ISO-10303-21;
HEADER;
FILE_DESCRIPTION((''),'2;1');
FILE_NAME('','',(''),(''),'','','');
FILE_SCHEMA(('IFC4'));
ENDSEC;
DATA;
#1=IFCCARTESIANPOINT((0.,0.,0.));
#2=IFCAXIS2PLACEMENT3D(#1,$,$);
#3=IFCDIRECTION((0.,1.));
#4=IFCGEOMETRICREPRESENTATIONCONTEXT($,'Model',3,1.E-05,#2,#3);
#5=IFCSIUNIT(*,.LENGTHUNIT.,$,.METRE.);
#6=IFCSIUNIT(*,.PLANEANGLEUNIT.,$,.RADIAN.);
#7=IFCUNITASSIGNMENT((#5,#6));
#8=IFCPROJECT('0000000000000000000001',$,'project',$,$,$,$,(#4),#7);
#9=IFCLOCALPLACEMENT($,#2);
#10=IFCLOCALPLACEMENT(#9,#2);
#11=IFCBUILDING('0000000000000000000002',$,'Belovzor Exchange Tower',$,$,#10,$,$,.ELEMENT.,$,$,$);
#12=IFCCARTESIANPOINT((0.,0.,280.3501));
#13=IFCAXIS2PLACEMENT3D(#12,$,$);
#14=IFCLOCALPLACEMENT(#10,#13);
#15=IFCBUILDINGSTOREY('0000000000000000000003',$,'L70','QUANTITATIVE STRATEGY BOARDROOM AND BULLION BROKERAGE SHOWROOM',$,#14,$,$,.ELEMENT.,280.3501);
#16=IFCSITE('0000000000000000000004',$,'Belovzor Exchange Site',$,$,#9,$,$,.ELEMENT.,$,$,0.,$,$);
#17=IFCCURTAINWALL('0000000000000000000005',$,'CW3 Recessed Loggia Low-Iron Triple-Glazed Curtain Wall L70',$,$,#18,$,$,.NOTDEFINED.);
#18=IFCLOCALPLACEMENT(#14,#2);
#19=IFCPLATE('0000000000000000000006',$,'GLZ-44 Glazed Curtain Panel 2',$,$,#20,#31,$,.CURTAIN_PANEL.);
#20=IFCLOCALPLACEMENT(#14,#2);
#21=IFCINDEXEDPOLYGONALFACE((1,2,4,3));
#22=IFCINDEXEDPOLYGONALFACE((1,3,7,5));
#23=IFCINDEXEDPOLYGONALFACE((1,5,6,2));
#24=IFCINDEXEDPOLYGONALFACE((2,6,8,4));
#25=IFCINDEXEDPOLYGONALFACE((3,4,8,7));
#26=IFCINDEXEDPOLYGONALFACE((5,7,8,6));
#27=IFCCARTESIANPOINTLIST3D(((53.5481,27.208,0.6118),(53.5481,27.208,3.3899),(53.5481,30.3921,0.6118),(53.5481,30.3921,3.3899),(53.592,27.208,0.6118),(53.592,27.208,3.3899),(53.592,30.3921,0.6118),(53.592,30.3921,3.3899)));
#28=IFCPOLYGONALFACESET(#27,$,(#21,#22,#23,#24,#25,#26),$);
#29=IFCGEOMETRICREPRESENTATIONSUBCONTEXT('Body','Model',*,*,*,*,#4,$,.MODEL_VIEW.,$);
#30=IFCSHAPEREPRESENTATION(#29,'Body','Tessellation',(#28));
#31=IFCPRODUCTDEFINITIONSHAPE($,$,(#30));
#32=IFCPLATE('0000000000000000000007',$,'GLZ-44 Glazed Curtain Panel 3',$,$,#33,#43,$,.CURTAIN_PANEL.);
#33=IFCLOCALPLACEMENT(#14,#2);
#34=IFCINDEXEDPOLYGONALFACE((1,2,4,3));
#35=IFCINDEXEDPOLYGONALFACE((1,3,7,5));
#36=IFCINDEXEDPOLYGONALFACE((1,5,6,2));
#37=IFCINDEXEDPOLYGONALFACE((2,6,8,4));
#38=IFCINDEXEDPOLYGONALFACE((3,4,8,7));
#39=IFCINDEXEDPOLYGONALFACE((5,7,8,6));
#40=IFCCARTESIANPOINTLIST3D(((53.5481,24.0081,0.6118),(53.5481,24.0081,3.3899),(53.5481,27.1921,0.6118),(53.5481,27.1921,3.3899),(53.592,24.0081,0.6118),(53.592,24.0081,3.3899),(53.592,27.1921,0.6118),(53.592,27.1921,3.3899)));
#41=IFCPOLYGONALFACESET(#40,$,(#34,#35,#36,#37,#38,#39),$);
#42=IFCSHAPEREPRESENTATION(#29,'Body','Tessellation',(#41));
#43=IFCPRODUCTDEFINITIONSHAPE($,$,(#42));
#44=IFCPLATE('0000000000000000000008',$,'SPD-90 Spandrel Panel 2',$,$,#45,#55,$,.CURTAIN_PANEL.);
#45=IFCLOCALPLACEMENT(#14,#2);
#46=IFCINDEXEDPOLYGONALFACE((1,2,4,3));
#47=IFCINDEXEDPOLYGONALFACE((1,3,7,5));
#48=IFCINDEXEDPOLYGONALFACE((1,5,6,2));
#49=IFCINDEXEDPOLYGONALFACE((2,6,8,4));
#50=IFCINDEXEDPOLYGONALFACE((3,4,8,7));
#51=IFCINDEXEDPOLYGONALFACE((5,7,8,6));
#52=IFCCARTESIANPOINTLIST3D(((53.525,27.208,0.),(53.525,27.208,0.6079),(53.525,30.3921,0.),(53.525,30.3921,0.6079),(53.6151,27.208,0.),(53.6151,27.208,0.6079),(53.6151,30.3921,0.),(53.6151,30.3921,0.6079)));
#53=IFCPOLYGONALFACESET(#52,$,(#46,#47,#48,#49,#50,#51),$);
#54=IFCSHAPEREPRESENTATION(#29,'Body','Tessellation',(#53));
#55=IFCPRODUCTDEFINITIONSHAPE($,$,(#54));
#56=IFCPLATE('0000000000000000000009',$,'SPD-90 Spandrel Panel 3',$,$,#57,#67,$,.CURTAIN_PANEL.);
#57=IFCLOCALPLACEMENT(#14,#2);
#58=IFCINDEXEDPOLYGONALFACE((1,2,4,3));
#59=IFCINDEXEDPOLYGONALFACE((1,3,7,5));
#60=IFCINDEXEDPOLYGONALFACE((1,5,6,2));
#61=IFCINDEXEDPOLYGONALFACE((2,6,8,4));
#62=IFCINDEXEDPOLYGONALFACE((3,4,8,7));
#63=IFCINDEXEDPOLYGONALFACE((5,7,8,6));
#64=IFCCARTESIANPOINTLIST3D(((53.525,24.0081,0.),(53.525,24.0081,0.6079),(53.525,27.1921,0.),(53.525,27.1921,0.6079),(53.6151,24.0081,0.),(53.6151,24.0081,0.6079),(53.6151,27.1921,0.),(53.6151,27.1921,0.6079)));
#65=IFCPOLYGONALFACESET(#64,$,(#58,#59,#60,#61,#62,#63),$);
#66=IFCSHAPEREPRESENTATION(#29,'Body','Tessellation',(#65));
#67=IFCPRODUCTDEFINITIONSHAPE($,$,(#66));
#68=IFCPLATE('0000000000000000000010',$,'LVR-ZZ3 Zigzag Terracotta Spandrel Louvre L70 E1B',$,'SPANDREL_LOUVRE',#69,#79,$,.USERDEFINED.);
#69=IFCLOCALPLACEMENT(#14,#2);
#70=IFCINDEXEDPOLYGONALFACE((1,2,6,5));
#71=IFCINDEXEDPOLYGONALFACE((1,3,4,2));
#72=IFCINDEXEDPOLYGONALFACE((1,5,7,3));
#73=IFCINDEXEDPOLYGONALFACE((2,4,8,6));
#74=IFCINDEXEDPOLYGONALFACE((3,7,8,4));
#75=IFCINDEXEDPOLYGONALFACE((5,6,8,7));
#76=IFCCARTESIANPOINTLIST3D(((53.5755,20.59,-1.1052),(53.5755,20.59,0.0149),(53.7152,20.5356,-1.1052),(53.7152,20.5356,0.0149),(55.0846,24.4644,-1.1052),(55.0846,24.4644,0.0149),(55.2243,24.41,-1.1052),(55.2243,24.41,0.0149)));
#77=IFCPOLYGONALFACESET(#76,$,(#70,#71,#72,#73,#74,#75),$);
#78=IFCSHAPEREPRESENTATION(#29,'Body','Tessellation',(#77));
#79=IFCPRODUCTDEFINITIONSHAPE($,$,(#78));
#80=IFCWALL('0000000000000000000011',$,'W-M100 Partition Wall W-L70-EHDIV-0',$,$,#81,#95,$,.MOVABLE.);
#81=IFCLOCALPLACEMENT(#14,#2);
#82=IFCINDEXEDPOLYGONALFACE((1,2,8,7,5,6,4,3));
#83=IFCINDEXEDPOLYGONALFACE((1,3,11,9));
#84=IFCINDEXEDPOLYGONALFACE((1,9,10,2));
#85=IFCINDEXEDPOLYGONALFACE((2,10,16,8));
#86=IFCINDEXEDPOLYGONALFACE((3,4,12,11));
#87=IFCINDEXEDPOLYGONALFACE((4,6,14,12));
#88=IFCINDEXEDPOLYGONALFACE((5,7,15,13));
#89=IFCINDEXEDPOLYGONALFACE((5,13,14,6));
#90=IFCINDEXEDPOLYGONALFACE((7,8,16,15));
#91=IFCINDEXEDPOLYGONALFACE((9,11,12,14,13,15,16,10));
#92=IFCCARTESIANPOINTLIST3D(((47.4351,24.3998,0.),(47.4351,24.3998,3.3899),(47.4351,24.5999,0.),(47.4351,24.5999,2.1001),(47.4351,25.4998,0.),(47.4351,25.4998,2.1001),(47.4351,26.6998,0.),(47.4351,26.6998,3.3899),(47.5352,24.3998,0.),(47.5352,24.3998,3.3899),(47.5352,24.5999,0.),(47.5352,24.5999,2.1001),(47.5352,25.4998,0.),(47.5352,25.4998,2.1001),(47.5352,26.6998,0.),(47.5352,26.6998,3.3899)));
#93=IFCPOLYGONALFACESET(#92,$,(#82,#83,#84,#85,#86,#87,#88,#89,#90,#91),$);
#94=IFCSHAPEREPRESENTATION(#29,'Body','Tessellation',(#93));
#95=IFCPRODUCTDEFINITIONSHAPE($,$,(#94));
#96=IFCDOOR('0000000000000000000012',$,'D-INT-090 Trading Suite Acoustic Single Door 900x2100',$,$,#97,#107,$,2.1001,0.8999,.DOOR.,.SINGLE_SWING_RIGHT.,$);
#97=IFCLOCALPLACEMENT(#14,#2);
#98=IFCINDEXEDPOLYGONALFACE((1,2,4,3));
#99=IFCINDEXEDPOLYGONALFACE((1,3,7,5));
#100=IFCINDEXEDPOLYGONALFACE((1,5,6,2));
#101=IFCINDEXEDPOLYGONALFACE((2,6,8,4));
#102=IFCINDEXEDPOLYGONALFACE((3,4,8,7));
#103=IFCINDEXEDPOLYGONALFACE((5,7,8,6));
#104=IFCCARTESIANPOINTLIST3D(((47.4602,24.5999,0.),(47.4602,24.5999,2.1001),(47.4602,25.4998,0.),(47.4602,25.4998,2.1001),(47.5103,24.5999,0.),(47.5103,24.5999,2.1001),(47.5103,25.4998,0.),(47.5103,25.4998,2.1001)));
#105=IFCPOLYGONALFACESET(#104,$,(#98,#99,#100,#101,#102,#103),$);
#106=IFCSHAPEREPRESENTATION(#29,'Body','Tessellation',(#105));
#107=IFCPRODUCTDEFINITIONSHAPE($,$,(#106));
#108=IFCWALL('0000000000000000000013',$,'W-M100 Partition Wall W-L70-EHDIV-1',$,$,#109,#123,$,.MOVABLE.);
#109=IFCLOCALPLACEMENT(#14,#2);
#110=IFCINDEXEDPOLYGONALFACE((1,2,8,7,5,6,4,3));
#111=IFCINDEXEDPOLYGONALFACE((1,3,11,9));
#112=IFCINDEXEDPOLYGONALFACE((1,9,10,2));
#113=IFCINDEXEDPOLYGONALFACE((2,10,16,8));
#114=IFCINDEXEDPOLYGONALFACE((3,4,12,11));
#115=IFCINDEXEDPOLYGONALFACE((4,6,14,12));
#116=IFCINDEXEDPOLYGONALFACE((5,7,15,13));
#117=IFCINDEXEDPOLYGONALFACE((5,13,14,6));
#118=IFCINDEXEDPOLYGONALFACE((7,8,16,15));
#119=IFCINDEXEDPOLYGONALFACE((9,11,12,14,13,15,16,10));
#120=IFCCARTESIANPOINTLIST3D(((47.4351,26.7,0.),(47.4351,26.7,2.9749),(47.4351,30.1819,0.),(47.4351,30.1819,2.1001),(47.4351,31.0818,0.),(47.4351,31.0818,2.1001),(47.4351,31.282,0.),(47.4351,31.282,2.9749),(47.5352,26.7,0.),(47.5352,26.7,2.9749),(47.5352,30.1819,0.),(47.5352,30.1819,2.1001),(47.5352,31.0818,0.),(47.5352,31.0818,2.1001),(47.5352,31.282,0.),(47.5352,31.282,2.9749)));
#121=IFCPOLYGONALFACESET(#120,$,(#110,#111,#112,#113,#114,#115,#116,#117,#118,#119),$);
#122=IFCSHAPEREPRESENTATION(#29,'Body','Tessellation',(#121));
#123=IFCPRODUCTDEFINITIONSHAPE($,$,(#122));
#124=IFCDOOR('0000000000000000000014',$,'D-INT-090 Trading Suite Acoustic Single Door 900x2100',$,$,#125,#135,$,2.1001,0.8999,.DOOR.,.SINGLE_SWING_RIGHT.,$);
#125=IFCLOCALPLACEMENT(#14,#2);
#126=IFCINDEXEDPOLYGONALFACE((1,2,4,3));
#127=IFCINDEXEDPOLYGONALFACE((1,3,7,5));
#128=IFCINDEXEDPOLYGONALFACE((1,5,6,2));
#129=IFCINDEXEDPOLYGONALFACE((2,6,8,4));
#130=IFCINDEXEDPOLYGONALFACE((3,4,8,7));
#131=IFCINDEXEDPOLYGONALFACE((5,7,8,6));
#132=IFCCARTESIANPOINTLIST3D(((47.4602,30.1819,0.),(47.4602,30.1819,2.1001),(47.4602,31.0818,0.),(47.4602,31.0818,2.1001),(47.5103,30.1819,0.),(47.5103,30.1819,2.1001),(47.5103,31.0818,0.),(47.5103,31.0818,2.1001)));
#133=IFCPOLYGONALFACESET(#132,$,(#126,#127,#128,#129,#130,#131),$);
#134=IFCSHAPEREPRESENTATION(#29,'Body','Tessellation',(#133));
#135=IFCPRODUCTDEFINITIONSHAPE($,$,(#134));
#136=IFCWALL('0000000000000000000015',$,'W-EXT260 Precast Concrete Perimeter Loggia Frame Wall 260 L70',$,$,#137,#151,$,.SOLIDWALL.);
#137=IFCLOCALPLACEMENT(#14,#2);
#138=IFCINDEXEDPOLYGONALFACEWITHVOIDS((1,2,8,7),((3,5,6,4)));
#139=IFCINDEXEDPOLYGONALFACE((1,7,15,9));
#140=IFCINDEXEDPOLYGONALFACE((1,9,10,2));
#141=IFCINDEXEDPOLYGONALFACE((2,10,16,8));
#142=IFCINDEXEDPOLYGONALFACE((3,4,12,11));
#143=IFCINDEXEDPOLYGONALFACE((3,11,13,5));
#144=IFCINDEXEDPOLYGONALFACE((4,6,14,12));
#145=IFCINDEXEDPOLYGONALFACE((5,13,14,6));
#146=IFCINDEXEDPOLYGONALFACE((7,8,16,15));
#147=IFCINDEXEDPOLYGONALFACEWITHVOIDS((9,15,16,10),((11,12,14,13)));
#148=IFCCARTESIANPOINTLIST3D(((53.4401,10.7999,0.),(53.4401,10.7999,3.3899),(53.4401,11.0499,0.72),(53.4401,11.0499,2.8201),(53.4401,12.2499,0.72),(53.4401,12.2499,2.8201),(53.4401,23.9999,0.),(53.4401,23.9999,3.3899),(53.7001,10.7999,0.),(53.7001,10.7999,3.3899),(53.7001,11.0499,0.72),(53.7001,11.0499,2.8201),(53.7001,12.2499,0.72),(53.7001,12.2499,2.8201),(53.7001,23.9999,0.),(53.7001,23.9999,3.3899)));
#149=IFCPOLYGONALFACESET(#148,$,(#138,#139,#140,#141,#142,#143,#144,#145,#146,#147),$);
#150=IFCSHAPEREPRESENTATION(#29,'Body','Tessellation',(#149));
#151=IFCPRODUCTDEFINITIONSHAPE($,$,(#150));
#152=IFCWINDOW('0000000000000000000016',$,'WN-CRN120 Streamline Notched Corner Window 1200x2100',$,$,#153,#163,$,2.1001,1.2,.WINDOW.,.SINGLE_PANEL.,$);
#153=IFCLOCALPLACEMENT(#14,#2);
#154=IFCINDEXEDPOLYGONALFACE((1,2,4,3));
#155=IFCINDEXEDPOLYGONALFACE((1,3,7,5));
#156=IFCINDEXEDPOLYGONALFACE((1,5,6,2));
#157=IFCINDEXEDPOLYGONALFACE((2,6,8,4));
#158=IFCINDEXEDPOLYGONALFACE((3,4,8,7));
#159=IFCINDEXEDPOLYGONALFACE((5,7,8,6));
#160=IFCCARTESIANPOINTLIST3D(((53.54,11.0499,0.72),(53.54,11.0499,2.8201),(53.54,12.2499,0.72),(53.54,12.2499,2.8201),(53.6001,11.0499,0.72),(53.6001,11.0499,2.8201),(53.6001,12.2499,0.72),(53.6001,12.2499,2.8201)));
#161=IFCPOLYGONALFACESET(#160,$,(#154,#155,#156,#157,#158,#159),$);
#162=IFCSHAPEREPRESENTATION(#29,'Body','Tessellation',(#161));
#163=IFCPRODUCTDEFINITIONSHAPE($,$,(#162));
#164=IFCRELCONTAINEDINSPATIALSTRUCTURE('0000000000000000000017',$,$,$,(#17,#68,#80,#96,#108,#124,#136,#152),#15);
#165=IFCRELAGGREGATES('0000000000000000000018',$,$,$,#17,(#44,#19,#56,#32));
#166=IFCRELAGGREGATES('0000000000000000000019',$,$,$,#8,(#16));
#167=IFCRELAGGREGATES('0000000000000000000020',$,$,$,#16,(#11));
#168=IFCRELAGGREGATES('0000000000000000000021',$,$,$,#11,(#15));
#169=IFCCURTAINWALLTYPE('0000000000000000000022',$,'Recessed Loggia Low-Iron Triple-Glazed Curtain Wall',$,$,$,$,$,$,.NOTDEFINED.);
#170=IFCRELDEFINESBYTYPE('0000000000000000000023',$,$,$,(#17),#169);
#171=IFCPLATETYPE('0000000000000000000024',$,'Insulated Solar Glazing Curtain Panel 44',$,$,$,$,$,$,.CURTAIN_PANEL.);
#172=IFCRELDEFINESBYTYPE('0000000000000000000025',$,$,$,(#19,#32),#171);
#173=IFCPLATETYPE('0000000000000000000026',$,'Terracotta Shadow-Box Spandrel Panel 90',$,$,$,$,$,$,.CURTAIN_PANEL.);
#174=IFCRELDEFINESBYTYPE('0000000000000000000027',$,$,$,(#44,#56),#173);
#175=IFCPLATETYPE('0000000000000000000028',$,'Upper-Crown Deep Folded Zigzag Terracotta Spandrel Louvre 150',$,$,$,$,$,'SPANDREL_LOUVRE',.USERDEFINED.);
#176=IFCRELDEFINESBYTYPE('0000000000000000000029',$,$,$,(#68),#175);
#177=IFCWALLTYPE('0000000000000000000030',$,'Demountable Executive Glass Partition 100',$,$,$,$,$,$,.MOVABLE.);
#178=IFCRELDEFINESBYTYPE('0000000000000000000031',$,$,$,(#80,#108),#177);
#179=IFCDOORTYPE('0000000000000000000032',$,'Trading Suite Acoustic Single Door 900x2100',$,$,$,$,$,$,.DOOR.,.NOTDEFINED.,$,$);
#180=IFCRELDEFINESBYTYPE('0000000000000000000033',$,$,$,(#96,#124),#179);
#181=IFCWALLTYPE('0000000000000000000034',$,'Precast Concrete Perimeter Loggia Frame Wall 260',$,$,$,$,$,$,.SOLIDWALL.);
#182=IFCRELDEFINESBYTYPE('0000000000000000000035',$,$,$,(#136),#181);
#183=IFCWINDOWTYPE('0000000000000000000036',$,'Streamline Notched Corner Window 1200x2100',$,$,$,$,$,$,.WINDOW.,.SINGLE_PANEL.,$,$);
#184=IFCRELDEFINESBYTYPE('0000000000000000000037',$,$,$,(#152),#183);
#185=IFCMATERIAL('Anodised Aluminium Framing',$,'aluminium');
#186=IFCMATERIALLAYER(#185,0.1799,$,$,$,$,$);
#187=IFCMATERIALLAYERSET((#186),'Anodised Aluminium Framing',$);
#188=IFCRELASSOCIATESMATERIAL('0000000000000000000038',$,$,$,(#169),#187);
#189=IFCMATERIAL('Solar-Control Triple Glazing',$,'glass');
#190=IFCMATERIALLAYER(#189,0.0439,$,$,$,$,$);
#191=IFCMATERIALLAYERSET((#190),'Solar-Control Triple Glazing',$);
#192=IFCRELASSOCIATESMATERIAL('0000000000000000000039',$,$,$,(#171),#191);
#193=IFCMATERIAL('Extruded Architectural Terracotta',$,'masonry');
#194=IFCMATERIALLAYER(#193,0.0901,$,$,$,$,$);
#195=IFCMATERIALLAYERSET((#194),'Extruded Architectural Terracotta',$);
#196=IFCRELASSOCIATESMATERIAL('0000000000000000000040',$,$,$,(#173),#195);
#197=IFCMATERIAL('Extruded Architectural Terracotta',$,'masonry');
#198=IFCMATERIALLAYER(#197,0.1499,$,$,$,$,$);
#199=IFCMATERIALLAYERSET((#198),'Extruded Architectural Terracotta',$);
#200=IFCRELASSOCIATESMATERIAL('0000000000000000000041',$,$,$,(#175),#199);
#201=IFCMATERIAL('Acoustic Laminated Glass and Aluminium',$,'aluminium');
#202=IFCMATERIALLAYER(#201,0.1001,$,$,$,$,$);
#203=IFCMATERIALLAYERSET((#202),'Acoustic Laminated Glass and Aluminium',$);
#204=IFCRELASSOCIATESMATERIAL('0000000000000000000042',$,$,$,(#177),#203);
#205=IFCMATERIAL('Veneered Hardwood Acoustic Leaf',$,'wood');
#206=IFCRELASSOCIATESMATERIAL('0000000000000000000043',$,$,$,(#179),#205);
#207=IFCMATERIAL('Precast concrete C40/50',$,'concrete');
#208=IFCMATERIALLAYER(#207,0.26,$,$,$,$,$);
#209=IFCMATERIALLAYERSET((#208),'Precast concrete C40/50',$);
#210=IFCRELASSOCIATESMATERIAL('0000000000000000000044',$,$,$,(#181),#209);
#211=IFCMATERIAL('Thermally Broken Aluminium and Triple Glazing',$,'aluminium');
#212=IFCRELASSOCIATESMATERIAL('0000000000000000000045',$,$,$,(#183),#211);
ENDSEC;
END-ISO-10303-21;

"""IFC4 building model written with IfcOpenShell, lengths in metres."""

from ifc_helpers import new_model, si_unit, direction, frame, frame_2d, origin, origin_2d, place, context, subcontext, project, spatial, rectangle, extrude, material, layer, layer_set, type_object, element, fill, aggregate, save


model = new_model("IFC4")

# Units and contexts
model_context = context("Model", 3, precision=1e-05, world=origin(), true_north=direction((0.0, 1.0)))
body_context = subcontext(model_context, "Body", "Model", "MODEL_VIEW")
ifc_project = project(units=[si_unit("LENGTHUNIT", "METRE"), si_unit("PLANEANGLEUNIT", "RADIAN")], contexts=[model_context])

# Site, building, storey
site_placement = place(None, origin())
site = spatial("IfcSite", under=ifc_project, at=site_placement, Name="Belovzor Exchange Site", CompositionType="ELEMENT", RefElevation=0.0)
building_placement = place(site_placement, origin())
building = spatial("IfcBuilding", under=site, at=building_placement, Name="Belovzor Exchange Tower", CompositionType="ELEMENT")
storey_placement = place(building_placement, frame((0.0, 0.0, 280.3501)))
storey = spatial("IfcBuildingStorey", under=building, at=storey_placement, Name="L70", Description="QUANTITATIVE STRATEGY BOARDROOM AND BULLION BROKERAGE SHOWROOM", CompositionType="ELEMENT", Elevation=280.3501)

# Curtain wall, plates
ifc_material_1 = material(Name="Anodised Aluminium Framing", Category="aluminium")
ifc_layer_1 = layer(ifc_material_1, 0.1799)
ifc_layer_set_1 = layer_set([ifc_layer_1], Name="Anodised Aluminium Framing")
curtain_wall_type = type_object("IfcCurtainWallType", Name="Recessed Loggia Low-Iron Triple-Glazed Curtain Wall", PredefinedType="NOTDEFINED", material=ifc_layer_set_1)
curtain_wall_placement = place(storey_placement, origin())
curtain_wall = element("IfcCurtainWall", 1, at=curtain_wall_placement, inside=storey, type_object=curtain_wall_type, Name="CW3 Recessed Loggia Low-Iron Triple-Glazed Curtain Wall L70", PredefinedType="NOTDEFINED")
ifc_material_2 = material(Name="Solar-Control Triple Glazing", Category="glass")
ifc_layer_2 = layer(ifc_material_2, 0.0439)
ifc_layer_set_2 = layer_set([ifc_layer_2], Name="Solar-Control Triple Glazing")
plate_type_1 = type_object("IfcPlateType", Name="Insulated Solar Glazing Curtain Panel 44", PredefinedType="CURTAIN_PANEL", material=ifc_layer_set_2)
plate_1_placement = place(storey_placement, frame((53.5701, 28.8, 0.6118), z_axis=(0.0, 0.0, 1.0), x_axis=(0.0, -1.0, 0.0)))
plate_1 = element("IfcPlate", 2, at=plate_1_placement, type_object=plate_type_1, Name="GLZ-44 Glazed Curtain Panel 2", PredefinedType="CURTAIN_PANEL", context=body_context, shape_type="SweptSolid", body=[
    extrude(rectangle(XDim=3.1841, YDim=0.0439, at=origin_2d()), origin(), (0.0, 0.0, 1.0), 2.7781),
])
plate_2_placement = place(storey_placement, frame((53.5701, 25.6001, 0.6118), z_axis=(0.0, 0.0, 1.0), x_axis=(0.0, -1.0, 0.0)))
plate_2 = element("IfcPlate", 3, at=plate_2_placement, type_object=plate_type_1, Name="GLZ-44 Glazed Curtain Panel 3", PredefinedType="CURTAIN_PANEL", context=body_context, shape_type="SweptSolid", body=[
    extrude(rectangle(XDim=3.1841, YDim=0.0439, at=origin_2d()), origin(), (0.0, 0.0, 1.0), 2.7781),
])
ifc_material_3 = material(Name="Extruded Architectural Terracotta", Category="masonry")
ifc_layer_3 = layer(ifc_material_3, 0.0901)
ifc_layer_set_3 = layer_set([ifc_layer_3], Name="Extruded Architectural Terracotta")
plate_type_2 = type_object("IfcPlateType", Name="Terracotta Shadow-Box Spandrel Panel 90", PredefinedType="CURTAIN_PANEL", material=ifc_layer_set_3)
plate_3_placement = place(storey_placement, frame((53.5701, 28.8, 0.0), z_axis=(0.0, 0.0, 1.0), x_axis=(0.0, -1.0, 0.0)))
plate_3 = element("IfcPlate", 4, at=plate_3_placement, type_object=plate_type_2, Name="SPD-90 Spandrel Panel 2", PredefinedType="CURTAIN_PANEL", context=body_context, shape_type="SweptSolid", body=[
    extrude(rectangle(XDim=3.1841, YDim=0.0901, at=origin_2d()), origin(), (0.0, 0.0, 1.0), 0.6079),
])
plate_4_placement = place(storey_placement, frame((53.5701, 25.6001, 0.0), z_axis=(0.0, 0.0, 1.0), x_axis=(0.0, -1.0, 0.0)))
plate_4 = element("IfcPlate", 5, at=plate_4_placement, type_object=plate_type_2, Name="SPD-90 Spandrel Panel 3", PredefinedType="CURTAIN_PANEL", context=body_context, shape_type="SweptSolid", body=[
    extrude(rectangle(XDim=3.1841, YDim=0.0901, at=origin_2d()), origin(), (0.0, 0.0, 1.0), 0.6079),
])
aggregate(curtain_wall, [plate_3, plate_1, plate_4, plate_2])

# Plate
ifc_material_4 = material(Name="Extruded Architectural Terracotta", Category="masonry")
ifc_layer_4 = layer(ifc_material_4, 0.1499)
ifc_layer_set_4 = layer_set([ifc_layer_4], Name="Extruded Architectural Terracotta")
plate_type_3 = type_object("IfcPlateType", Name="Upper-Crown Deep Folded Zigzag Terracotta Spandrel Louvre 150", ElementType="SPANDREL_LOUVRE", PredefinedType="USERDEFINED", material=ifc_layer_set_4)
plate_5_placement = place(storey_placement, frame((54.3999, 22.5, -1.1052), z_axis=(0.0, 0.0, 1.0), x_axis=(0.362926, 0.931818, 0.0)))
element("IfcPlate", 6, at=plate_5_placement, inside=storey, type_object=plate_type_3, Name="LVR-ZZ3 Zigzag Terracotta Spandrel Louvre L70 E1B", ObjectType="SPANDREL_LOUVRE", PredefinedType="USERDEFINED", context=body_context, shape_type="SweptSolid", body=[
    extrude(rectangle(XDim=4.158, YDim=0.1499, at=origin_2d()), origin(), (0.0, 0.0, 1.0), 1.1201),
])

# Walls, openings, doors
ifc_material_5 = material(Name="Acoustic Laminated Glass and Aluminium", Category="aluminium")
ifc_layer_5 = layer(ifc_material_5, 0.1001)
ifc_layer_set_5 = layer_set([ifc_layer_5], Name="Acoustic Laminated Glass and Aluminium")
wall_type_1 = type_object("IfcWallType", Name="Demountable Executive Glass Partition 100", PredefinedType="MOVABLE", material=ifc_layer_set_5)
wall_1_placement = place(storey_placement, frame((47.4851, 24.3999, 0.0), z_axis=(0.0, 0.0, 1.0), x_axis=(0.0, 1.0, 0.0)))
wall_1 = element("IfcWall", 7, at=wall_1_placement, inside=storey, type_object=wall_type_1, Name="W-M100 Partition Wall W-L70-EHDIV-0", PredefinedType="MOVABLE", context=body_context, shape_type="SweptSolid", body=[
    extrude(rectangle(XDim=2.3, YDim=0.1001, at=frame_2d((1.1499, 0.0))), origin(), (0.0, 0.0, 1.0), 3.3899),
])
opening_1_placement = place(wall_1_placement, frame((0.2, 0.0, 0.0)))
opening_1 = element("IfcOpeningElement", 8, at=opening_1_placement, cuts=wall_1, PredefinedType="OPENING", context=body_context, shape_type="SweptSolid", body=[
    extrude(rectangle(XDim=0.8999, YDim=2.1001, at=frame_2d((0.45, 1.05))), frame((0.0, 0.0601, 0.0), z_axis=(0.0, -1.0, 0.0), x_axis=(1.0, 0.0, 0.0)), (0.0, 0.0, 1.0), 0.1201),
])
ifc_material_6 = material(Name="Veneered Hardwood Acoustic Leaf", Category="wood")
door_type = type_object("IfcDoorType", Name="Trading Suite Acoustic Single Door 900x2100", OperationType="NOTDEFINED", PredefinedType="DOOR", material=ifc_material_6)
door_1_placement = place(opening_1_placement, origin())
door_1 = element("IfcDoor", 9, at=door_1_placement, inside=storey, type_object=door_type, Name="D-INT-090 Trading Suite Acoustic Single Door 900x2100", OperationType="SINGLE_SWING_RIGHT", OverallHeight=2.1001, OverallWidth=0.8999, PredefinedType="DOOR", context=body_context, shape_type="SweptSolid", body=[
    extrude(rectangle(XDim=0.8999, YDim=2.1001, at=frame_2d((0.45, 1.05))), frame((0.0, 0.0249, 0.0), z_axis=(0.0, -1.0, 0.0), x_axis=(1.0, 0.0, 0.0)), (0.0, 0.0, 1.0), 0.05),
])
fill(opening_1, door_1)
wall_2_placement = place(storey_placement, frame((47.4851, 26.7, 0.0), z_axis=(0.0, 0.0, 1.0), x_axis=(0.0, 1.0, 0.0)))
wall_2 = element("IfcWall", 10, at=wall_2_placement, inside=storey, type_object=wall_type_1, Name="W-M100 Partition Wall W-L70-EHDIV-1", PredefinedType="MOVABLE", context=body_context, shape_type="SweptSolid", body=[
    extrude(rectangle(XDim=4.582, YDim=0.1001, at=frame_2d((2.291, 0.0))), origin(), (0.0, 0.0, 1.0), 2.9749),
])
opening_2_placement = place(wall_2_placement, frame((3.4819, 0.0, 0.0)))
opening_2 = element("IfcOpeningElement", 11, at=opening_2_placement, cuts=wall_2, PredefinedType="OPENING", context=body_context, shape_type="SweptSolid", body=[
    extrude(rectangle(XDim=0.8999, YDim=2.1001, at=frame_2d((0.45, 1.05))), frame((0.0, 0.0601, 0.0), z_axis=(0.0, -1.0, 0.0), x_axis=(1.0, 0.0, 0.0)), (0.0, 0.0, 1.0), 0.1201),
])
door_2_placement = place(opening_2_placement, origin())
door_2 = element("IfcDoor", 12, at=door_2_placement, inside=storey, type_object=door_type, Name="D-INT-090 Trading Suite Acoustic Single Door 900x2100", OperationType="SINGLE_SWING_RIGHT", OverallHeight=2.1001, OverallWidth=0.8999, PredefinedType="DOOR", context=body_context, shape_type="SweptSolid", body=[
    extrude(rectangle(XDim=0.8999, YDim=2.1001, at=frame_2d((0.45, 1.05))), frame((0.0, 0.0249, 0.0), z_axis=(0.0, -1.0, 0.0), x_axis=(1.0, 0.0, 0.0)), (0.0, 0.0, 1.0), 0.05),
])
fill(opening_2, door_2)

# Wall, opening, window
ifc_material_7 = material(Name="Precast concrete C40/50", Category="concrete")
ifc_layer_6 = layer(ifc_material_7, 0.26)
ifc_layer_set_6 = layer_set([ifc_layer_6], Name="Precast concrete C40/50")
wall_type_2 = type_object("IfcWallType", Name="Precast Concrete Perimeter Loggia Frame Wall 260", PredefinedType="SOLIDWALL", material=ifc_layer_set_6)
wall_3_placement = place(storey_placement, frame((53.5701, 24.0, 0.0), z_axis=(0.0, 0.0, 1.0), x_axis=(0.0, -1.0, 0.0)))
wall_3 = element("IfcWall", 13, at=wall_3_placement, inside=storey, type_object=wall_type_2, Name="W-EXT260 Precast Concrete Perimeter Loggia Frame Wall 260 L70", PredefinedType="SOLIDWALL", context=body_context, shape_type="SweptSolid", body=[
    extrude(rectangle(XDim=13.2, YDim=0.26, at=frame_2d((6.6001, 0.0))), origin(), (0.0, 0.0, 1.0), 3.3899),
])
opening_3_placement = place(wall_3_placement, frame((11.75, 0.0, 0.72)))
opening_3 = element("IfcOpeningElement", 14, at=opening_3_placement, cuts=wall_3, PredefinedType="OPENING", context=body_context, shape_type="SweptSolid", body=[
    extrude(rectangle(XDim=1.2, YDim=2.1001, at=frame_2d((0.6001, 1.05))), frame((0.0, 0.1399, 0.0), z_axis=(0.0, -1.0, 0.0), x_axis=(1.0, 0.0, 0.0)), (0.0, 0.0, 1.0), 0.28),
])
ifc_material_8 = material(Name="Thermally Broken Aluminium and Triple Glazing", Category="aluminium")
window_type = type_object("IfcWindowType", Name="Streamline Notched Corner Window 1200x2100", PartitioningType="SINGLE_PANEL", PredefinedType="WINDOW", material=ifc_material_8)
window_placement = place(opening_3_placement, origin())
window = element("IfcWindow", 15, at=window_placement, inside=storey, type_object=window_type, Name="WN-CRN120 Streamline Notched Corner Window 1200x2100", OverallHeight=2.1001, OverallWidth=1.2, PartitioningType="SINGLE_PANEL", PredefinedType="WINDOW", context=body_context, shape_type="SweptSolid", body=[
    extrude(rectangle(XDim=1.2, YDim=2.1001, at=frame_2d((0.6001, 1.05))), frame((0.0, 0.03, 0.0), z_axis=(0.0, -1.0, 0.0), x_axis=(1.0, 0.0, 0.0)), (0.0, 0.0, 1.0), 0.0601),
])
fill(opening_3, window)

save(model, "model.ifc")
